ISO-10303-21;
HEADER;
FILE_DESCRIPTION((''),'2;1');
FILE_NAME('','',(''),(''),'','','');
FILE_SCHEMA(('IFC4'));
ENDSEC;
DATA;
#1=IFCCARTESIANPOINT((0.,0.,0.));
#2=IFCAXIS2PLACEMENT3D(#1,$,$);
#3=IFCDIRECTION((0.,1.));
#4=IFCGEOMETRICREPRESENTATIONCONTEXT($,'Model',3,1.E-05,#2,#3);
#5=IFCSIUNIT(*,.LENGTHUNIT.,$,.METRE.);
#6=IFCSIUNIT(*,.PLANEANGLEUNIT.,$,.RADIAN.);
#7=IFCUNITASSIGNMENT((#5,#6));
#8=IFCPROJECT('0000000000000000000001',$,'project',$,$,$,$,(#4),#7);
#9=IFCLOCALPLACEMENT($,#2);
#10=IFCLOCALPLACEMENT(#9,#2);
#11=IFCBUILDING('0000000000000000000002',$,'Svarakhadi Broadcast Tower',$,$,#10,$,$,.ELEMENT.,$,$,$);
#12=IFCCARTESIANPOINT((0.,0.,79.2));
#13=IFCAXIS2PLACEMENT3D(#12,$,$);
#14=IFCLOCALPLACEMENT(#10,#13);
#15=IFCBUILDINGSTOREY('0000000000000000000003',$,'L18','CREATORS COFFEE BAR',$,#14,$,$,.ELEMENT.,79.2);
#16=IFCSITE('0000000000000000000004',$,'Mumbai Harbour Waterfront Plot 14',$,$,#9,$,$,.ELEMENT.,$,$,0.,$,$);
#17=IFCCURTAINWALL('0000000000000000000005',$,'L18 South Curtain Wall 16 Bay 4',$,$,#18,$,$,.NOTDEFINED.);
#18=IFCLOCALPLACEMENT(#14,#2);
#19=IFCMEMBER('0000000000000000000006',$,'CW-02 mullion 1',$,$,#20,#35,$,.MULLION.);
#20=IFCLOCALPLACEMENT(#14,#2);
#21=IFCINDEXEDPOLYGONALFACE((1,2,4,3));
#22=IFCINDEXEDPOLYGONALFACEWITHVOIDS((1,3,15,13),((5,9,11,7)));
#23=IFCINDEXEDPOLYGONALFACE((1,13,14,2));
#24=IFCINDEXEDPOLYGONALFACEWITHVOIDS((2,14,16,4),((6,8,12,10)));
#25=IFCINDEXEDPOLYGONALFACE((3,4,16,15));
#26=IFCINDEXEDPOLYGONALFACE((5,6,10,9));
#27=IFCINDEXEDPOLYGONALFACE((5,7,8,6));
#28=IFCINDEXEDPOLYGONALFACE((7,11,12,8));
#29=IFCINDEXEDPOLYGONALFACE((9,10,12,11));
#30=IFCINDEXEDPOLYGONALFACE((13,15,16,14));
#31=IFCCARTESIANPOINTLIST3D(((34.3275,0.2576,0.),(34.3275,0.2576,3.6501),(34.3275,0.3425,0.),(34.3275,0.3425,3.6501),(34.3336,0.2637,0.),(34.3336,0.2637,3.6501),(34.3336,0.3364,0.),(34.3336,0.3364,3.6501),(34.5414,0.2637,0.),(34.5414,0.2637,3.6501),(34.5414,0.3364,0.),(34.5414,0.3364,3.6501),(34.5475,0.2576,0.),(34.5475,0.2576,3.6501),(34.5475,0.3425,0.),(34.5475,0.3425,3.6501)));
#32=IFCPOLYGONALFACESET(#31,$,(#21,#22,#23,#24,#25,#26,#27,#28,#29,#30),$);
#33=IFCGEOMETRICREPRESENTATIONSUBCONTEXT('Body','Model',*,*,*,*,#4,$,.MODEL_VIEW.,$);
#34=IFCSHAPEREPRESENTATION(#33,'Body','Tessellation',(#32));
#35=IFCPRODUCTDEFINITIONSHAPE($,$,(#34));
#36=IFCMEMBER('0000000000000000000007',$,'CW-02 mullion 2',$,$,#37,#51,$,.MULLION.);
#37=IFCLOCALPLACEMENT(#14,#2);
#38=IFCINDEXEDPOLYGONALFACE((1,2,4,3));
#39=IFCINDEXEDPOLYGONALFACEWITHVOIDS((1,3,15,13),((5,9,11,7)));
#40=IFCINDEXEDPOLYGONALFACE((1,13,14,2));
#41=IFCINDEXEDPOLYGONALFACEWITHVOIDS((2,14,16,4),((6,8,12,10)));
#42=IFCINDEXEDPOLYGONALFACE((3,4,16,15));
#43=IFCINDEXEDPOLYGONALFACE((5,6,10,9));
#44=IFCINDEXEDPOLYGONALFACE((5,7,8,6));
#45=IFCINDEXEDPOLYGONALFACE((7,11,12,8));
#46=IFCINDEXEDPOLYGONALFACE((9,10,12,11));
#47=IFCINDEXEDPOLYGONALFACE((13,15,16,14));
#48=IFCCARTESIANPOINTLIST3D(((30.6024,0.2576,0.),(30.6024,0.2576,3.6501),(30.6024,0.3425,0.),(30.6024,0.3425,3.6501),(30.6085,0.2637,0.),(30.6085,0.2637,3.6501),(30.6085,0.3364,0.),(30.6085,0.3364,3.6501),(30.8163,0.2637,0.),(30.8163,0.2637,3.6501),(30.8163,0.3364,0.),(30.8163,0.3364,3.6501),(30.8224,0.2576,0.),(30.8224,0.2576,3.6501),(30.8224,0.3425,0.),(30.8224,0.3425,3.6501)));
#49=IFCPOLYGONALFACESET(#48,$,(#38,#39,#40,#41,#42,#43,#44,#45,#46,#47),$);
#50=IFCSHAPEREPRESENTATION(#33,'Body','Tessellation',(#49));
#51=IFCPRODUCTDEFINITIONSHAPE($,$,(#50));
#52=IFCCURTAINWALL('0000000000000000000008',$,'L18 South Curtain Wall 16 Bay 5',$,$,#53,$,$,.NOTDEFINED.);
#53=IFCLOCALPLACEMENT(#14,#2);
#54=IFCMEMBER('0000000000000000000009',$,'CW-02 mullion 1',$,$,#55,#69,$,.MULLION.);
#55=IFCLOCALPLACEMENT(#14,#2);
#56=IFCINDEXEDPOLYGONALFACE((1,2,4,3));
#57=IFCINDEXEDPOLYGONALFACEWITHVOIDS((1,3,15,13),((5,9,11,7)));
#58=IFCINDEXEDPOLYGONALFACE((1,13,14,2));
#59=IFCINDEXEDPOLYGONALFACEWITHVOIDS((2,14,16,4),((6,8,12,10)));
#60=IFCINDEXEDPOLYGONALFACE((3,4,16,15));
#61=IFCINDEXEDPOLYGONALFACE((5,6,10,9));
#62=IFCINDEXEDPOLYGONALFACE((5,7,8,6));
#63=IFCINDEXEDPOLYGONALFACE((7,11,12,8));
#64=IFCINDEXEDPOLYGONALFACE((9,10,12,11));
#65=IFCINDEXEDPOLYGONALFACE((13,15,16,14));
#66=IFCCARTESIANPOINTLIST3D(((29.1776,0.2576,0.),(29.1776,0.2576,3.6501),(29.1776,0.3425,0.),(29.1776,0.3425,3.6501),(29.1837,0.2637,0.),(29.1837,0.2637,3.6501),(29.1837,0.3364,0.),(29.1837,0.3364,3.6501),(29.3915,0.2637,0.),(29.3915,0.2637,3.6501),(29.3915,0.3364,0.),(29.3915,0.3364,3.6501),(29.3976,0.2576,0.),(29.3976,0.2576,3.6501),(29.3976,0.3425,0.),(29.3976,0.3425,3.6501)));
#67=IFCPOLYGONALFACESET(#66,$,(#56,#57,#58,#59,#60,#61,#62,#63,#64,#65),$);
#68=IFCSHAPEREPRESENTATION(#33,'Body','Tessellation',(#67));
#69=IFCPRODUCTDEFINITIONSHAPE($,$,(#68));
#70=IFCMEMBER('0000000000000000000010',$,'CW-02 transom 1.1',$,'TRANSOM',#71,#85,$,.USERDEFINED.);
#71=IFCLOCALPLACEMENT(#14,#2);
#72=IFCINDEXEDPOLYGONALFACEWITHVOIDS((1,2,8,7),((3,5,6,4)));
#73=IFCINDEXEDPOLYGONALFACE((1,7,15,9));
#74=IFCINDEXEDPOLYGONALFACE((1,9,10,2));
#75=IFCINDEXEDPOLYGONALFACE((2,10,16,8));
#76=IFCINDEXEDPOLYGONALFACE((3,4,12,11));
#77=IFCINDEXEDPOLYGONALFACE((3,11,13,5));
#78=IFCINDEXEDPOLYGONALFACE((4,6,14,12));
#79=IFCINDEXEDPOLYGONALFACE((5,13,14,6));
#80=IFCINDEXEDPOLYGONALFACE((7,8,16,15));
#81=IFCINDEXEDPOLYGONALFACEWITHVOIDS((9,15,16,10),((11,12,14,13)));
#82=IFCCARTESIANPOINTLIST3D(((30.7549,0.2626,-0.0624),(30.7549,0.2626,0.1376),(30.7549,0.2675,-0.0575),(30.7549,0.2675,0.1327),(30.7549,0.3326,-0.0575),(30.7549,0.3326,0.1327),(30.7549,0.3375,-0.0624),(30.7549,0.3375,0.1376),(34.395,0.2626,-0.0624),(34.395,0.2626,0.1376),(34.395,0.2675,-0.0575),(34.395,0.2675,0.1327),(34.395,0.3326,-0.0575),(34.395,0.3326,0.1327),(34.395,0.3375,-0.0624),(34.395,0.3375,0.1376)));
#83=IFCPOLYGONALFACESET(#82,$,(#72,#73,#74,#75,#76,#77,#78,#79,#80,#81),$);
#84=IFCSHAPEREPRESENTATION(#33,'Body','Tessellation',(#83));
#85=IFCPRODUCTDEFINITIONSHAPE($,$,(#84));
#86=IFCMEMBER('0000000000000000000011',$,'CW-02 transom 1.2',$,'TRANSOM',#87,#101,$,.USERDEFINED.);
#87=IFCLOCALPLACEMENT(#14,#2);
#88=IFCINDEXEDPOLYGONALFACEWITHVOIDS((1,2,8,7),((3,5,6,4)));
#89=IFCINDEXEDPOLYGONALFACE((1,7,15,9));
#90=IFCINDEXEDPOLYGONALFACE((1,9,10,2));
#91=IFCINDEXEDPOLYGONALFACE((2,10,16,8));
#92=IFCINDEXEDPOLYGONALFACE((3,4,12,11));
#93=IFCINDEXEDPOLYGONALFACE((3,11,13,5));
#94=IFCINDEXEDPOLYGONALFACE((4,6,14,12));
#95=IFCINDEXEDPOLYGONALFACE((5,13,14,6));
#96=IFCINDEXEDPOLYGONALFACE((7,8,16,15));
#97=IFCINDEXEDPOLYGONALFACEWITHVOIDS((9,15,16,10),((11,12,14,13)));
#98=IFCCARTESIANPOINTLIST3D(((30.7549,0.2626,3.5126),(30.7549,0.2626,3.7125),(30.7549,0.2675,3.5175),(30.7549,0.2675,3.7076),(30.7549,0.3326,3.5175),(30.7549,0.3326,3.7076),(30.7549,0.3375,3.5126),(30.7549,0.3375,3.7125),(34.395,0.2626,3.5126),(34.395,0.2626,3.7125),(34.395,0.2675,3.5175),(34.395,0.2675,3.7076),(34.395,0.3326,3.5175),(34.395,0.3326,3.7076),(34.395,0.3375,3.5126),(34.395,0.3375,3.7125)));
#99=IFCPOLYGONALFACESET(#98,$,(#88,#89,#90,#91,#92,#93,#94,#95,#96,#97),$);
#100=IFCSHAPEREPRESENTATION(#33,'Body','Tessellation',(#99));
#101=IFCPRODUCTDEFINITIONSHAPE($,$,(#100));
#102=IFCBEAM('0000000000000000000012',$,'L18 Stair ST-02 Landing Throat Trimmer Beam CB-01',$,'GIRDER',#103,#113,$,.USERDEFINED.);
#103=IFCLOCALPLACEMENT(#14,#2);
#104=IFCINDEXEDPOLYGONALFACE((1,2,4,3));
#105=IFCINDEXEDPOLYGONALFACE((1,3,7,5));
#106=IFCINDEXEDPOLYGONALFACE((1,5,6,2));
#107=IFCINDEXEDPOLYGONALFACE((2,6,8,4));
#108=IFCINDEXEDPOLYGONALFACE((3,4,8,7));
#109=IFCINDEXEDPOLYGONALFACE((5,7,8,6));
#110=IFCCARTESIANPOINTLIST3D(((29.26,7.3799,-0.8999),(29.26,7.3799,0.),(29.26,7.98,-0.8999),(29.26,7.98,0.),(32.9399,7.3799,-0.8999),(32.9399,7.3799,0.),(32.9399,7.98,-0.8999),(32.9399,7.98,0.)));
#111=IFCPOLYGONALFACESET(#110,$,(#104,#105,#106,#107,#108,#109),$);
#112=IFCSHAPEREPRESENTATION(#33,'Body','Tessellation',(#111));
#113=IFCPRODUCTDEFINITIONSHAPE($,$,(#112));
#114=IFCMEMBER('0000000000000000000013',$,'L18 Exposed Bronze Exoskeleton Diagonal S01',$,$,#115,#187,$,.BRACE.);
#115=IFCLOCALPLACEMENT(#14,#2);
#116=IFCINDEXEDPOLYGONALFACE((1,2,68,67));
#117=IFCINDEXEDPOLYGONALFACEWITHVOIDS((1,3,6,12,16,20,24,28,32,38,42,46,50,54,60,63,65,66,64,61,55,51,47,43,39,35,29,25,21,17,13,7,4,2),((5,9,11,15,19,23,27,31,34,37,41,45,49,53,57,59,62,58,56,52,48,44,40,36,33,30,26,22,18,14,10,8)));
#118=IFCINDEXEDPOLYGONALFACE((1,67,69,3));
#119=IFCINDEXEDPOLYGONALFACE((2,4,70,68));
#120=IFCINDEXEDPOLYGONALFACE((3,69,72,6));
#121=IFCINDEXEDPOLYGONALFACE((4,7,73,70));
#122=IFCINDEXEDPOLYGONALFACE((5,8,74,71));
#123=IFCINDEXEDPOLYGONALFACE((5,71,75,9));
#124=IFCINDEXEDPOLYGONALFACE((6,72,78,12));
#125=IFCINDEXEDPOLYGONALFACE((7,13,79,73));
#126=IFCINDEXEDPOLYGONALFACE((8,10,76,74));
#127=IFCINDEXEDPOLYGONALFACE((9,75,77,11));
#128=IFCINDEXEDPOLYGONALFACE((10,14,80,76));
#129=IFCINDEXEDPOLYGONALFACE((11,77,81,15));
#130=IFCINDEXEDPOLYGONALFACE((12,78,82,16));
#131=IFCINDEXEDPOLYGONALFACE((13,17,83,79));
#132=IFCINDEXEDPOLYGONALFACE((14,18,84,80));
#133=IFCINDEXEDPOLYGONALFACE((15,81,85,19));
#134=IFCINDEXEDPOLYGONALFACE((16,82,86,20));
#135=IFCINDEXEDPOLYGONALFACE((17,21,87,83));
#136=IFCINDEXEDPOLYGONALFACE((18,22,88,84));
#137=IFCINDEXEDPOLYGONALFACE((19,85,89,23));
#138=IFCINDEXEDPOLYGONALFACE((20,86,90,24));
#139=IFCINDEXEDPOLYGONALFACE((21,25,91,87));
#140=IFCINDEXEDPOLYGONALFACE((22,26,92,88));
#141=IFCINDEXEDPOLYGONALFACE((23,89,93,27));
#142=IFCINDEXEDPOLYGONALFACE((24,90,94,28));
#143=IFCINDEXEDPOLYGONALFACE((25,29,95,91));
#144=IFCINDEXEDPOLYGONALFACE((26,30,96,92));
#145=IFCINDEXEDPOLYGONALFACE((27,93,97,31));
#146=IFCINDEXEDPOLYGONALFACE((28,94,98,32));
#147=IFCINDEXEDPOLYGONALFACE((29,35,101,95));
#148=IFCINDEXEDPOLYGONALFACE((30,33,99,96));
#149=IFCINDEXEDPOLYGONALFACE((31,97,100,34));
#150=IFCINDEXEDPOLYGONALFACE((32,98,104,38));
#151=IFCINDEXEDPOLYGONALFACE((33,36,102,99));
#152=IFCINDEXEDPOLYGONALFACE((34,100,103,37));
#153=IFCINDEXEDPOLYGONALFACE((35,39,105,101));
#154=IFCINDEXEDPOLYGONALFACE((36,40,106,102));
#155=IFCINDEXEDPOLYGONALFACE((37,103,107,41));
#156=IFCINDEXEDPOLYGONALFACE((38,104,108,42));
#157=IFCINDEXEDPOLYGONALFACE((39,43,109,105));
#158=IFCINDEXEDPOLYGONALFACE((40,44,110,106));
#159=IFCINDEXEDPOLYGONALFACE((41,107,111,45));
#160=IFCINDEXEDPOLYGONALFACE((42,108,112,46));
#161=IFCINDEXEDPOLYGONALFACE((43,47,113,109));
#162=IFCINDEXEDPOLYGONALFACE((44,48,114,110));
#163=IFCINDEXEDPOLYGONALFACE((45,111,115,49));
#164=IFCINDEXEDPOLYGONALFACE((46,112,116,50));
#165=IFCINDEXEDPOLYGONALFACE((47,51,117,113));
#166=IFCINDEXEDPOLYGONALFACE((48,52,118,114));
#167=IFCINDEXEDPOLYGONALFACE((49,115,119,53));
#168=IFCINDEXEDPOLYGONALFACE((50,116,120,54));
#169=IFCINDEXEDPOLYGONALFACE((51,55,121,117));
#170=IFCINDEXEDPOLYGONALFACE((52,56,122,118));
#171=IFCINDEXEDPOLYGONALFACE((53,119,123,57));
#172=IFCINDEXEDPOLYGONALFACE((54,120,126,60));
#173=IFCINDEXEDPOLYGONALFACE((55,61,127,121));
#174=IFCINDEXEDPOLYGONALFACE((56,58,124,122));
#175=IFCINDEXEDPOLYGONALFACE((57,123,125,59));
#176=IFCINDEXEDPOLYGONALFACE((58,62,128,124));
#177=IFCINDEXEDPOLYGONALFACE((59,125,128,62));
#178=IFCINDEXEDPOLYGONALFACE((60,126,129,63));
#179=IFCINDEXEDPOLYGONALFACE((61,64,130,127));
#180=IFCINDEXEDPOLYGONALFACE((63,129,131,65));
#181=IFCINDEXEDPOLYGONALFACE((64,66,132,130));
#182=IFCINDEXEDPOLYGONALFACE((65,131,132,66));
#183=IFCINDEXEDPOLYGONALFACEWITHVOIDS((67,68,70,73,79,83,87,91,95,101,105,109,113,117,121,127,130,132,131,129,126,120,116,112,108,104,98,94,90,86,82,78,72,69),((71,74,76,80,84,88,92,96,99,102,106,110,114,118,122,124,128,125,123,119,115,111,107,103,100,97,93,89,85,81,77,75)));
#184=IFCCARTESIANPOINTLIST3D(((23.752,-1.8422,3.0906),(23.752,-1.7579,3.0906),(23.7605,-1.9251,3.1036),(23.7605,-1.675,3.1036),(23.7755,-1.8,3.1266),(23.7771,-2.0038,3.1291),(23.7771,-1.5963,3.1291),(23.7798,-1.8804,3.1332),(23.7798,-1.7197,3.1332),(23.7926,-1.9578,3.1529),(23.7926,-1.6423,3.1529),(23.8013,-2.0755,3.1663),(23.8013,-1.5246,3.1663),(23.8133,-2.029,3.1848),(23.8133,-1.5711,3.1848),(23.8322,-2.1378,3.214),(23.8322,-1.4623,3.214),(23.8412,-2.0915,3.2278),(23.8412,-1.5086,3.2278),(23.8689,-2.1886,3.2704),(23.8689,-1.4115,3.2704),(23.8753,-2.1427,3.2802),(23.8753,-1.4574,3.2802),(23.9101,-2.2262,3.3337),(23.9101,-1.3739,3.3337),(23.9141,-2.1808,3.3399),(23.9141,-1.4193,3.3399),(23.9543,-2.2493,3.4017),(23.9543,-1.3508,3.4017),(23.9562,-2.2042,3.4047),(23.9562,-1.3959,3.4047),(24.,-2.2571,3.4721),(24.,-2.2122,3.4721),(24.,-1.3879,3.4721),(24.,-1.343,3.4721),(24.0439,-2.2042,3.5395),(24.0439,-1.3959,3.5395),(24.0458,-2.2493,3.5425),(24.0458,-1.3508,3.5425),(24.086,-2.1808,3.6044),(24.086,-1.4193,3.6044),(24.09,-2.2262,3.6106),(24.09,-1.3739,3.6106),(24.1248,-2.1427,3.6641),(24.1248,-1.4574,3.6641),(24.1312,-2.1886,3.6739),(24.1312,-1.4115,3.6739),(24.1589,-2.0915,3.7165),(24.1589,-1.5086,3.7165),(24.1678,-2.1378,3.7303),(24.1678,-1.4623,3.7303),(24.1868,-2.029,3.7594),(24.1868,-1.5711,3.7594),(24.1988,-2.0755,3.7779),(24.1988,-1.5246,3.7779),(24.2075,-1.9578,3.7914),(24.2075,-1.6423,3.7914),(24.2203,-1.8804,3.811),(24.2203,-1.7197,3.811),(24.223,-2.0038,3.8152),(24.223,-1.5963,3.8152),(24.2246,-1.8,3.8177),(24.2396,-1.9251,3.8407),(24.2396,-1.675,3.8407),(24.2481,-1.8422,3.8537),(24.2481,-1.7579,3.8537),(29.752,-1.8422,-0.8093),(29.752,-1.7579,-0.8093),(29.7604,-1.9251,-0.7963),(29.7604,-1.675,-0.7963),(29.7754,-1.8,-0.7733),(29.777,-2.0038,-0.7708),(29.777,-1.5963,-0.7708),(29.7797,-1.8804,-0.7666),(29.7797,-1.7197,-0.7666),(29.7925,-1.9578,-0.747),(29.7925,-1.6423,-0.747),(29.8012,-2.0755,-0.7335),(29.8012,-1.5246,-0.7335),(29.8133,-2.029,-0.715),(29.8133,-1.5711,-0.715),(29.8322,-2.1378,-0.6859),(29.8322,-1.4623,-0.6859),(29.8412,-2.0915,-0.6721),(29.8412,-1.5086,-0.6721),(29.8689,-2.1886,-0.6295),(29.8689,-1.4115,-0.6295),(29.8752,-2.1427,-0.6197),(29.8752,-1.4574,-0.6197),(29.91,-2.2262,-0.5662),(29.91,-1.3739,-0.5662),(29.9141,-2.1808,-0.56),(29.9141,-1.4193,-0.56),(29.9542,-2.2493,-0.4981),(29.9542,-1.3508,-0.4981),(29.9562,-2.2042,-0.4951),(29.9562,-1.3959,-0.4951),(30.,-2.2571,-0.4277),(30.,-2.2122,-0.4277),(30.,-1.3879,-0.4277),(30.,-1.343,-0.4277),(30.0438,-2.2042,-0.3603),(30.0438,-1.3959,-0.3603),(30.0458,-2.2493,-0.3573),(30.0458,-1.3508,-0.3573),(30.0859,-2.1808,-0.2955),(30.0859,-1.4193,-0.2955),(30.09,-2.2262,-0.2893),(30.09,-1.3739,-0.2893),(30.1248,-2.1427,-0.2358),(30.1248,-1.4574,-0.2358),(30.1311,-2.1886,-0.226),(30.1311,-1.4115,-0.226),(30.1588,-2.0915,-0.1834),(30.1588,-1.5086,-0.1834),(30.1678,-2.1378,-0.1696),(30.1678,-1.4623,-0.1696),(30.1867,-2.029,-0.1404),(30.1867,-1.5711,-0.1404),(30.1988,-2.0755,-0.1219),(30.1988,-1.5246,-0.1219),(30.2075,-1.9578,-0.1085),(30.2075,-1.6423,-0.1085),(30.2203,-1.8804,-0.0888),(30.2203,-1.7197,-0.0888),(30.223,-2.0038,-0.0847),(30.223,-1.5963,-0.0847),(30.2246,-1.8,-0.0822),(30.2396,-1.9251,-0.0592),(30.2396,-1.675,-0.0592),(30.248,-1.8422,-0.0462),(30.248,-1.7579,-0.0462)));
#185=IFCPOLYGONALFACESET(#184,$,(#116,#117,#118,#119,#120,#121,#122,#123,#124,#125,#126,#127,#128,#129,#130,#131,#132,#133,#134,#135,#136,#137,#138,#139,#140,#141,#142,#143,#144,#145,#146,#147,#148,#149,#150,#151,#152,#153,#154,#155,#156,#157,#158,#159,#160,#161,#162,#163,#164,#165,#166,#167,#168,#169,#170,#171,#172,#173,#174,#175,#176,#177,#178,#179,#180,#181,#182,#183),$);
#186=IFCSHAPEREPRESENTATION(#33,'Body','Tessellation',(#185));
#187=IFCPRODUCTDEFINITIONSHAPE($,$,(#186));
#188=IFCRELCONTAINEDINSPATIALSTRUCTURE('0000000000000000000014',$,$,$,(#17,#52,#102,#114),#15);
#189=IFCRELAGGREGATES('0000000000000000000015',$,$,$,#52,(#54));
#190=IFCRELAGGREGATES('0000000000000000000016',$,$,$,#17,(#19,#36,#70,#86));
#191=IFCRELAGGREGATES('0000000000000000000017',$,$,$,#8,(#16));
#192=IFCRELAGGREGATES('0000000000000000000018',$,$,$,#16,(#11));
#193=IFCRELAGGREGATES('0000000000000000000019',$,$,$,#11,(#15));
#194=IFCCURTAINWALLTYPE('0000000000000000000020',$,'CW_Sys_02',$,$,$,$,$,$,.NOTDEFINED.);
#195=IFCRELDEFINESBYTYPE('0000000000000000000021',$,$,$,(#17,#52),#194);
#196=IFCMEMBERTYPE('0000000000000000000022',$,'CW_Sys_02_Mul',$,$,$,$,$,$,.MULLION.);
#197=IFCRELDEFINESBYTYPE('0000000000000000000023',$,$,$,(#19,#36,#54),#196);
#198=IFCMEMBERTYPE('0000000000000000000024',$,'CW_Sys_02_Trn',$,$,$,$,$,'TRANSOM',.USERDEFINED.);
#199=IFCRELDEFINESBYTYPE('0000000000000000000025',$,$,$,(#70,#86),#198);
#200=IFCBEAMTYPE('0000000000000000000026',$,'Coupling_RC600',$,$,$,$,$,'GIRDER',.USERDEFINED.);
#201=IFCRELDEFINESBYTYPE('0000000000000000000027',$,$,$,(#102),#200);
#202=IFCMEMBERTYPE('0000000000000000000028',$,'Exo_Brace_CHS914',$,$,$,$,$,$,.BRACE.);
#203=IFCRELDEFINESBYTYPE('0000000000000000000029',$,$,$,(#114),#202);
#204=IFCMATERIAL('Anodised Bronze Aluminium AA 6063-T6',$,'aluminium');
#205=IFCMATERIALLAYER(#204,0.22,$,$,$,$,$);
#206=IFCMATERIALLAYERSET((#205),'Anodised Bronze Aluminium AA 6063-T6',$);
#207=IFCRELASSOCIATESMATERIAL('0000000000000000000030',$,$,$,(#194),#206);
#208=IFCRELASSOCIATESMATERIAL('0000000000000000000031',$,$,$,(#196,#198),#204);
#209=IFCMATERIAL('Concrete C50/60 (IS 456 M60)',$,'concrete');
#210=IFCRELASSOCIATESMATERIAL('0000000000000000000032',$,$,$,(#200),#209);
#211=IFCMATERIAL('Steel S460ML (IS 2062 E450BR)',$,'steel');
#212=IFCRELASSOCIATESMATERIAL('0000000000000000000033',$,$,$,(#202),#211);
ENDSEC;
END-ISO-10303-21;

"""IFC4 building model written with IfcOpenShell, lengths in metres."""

from ifc_helpers import new_model, si_unit, direction, frame, origin, origin_2d, place, context, subcontext, project, spatial, rectangle, hollow_rectangle, hollow_circle, extrude, material, layer, layer_set, material_profile, profile_set, type_object, element, aggregate, save


model = new_model("IFC4")

# Units and contexts
model_context = context("Model", 3, precision=1e-05, world=origin(), true_north=direction((0.0, 1.0)))
body_context = subcontext(model_context, "Body", "Model", "MODEL_VIEW")
ifc_project = project(units=[si_unit("LENGTHUNIT", "METRE"), si_unit("PLANEANGLEUNIT", "RADIAN")], contexts=[model_context])

# Site, building, storey
site_placement = place(None, origin())
site = spatial("IfcSite", under=ifc_project, at=site_placement, Name="Mumbai Harbour Waterfront Plot 14", CompositionType="ELEMENT", RefElevation=0.0)
building_placement = place(site_placement, origin())
building = spatial("IfcBuilding", under=site, at=building_placement, Name="Svarakhadi Broadcast Tower", CompositionType="ELEMENT")
storey_placement = place(building_placement, frame((0.0, 0.0, 79.2)))
storey = spatial("IfcBuildingStorey", under=building, at=storey_placement, Name="L18", Description="CREATORS COFFEE BAR", CompositionType="ELEMENT", Elevation=79.2)

# Shared definitions
ifc_material_1 = material(Name="Steel S460ML (IS 2062 E450BR)", Category="steel")

# Curtain wall, members
ifc_material_2 = material(Name="Anodised Bronze Aluminium AA 6063-T6", Category="aluminium")
ifc_layer_1 = layer(ifc_material_2, 0.22)
ifc_layer_set_1 = layer_set([ifc_layer_1], Name="Anodised Bronze Aluminium AA 6063-T6")
curtain_wall_type = type_object("IfcCurtainWallType", Name="CW_Sys_02", PredefinedType="NOTDEFINED", material=ifc_layer_set_1)
curtain_wall_1_placement = place(storey_placement, origin())
curtain_wall_1 = element("IfcCurtainWall", 1, at=curtain_wall_1_placement, inside=storey, type_object=curtain_wall_type, Name="L18 South Curtain Wall 16 Bay 4", PredefinedType="NOTDEFINED")
ifc_material_profile_1 = material_profile(ifc_material_2, hollow_rectangle(XDim=0.085, YDim=0.22, WallThickness=0.0061, at=origin_2d()), Name="ALU MULLION 220x85x6")
ifc_profile_set_1 = profile_set([ifc_material_profile_1], Name="Anodised Bronze Aluminium AA 6063-T6")
member_type_1 = type_object("IfcMemberType", Name="CW_Sys_02_Mul", PredefinedType="MULLION", material=ifc_profile_set_1)
member_1_placement = place(storey_placement, frame((34.4375, 0.3, 0.0), z_axis=(0.0, 0.0, 1.0), x_axis=(0.0, -1.0, 0.0)))
member_1 = element("IfcMember", 2, at=member_1_placement, type_object=member_type_1, Name="CW-02 mullion 1", PredefinedType="MULLION", context=body_context, shape_type="SweptSolid", body=[
    extrude(hollow_rectangle(XDim=0.085, YDim=0.22, WallThickness=0.0061, at=origin_2d()), origin(), (0.0, 0.0, 1.0), 3.6501),
])
member_2_placement = place(storey_placement, frame((30.7124, 0.3, 0.0), z_axis=(0.0, 0.0, 1.0), x_axis=(0.0, -1.0, 0.0)))
member_2 = element("IfcMember", 3, at=member_2_placement, type_object=member_type_1, Name="CW-02 mullion 2", PredefinedType="MULLION", context=body_context, shape_type="SweptSolid", body=[
    extrude(hollow_rectangle(XDim=0.085, YDim=0.22, WallThickness=0.0061, at=origin_2d()), origin(), (0.0, 0.0, 1.0), 3.6501),
])

# Curtain wall, member
curtain_wall_2_placement = place(storey_placement, origin())
curtain_wall_2 = element("IfcCurtainWall", 4, at=curtain_wall_2_placement, inside=storey, type_object=curtain_wall_type, Name="L18 South Curtain Wall 16 Bay 5", PredefinedType="NOTDEFINED")
member_3_placement = place(storey_placement, frame((29.2876, 0.3, 0.0), z_axis=(0.0, 0.0, 1.0), x_axis=(0.0, -1.0, 0.0)))
member_3 = element("IfcMember", 5, at=member_3_placement, type_object=member_type_1, Name="CW-02 mullion 1", PredefinedType="MULLION", context=body_context, shape_type="SweptSolid", body=[
    extrude(hollow_rectangle(XDim=0.085, YDim=0.22, WallThickness=0.0061, at=origin_2d()), origin(), (0.0, 0.0, 1.0), 3.6501),
])
aggregate(curtain_wall_2, [member_3])

# Members
ifc_material_profile_2 = material_profile(ifc_material_2, hollow_rectangle(XDim=0.075, YDim=0.2, WallThickness=0.0049, at=origin_2d()), Name="ALU TRANSOM 200x75x5")
ifc_profile_set_2 = profile_set([ifc_material_profile_2], Name="Anodised Bronze Aluminium AA 6063-T6")
member_type_2 = type_object("IfcMemberType", Name="CW_Sys_02_Trn", ElementType="TRANSOM", PredefinedType="USERDEFINED", material=ifc_profile_set_2)
member_4_placement = place(storey_placement, frame((34.395, 0.3, 0.0376), z_axis=(-1.0, 0.0, 0.0), x_axis=(0.0, -1.0, 0.0)))
member_4 = element("IfcMember", 6, at=member_4_placement, type_object=member_type_2, Name="CW-02 transom 1.1", ObjectType="TRANSOM", PredefinedType="USERDEFINED", context=body_context, shape_type="SweptSolid", body=[
    extrude(hollow_rectangle(XDim=0.075, YDim=0.2, WallThickness=0.0049, at=origin_2d()), origin(), (0.0, 0.0, 1.0), 3.6401),
])
member_5_placement = place(storey_placement, frame((34.395, 0.3, 3.6125), z_axis=(-1.0, 0.0, 0.0), x_axis=(0.0, -1.0, 0.0)))
member_5 = element("IfcMember", 7, at=member_5_placement, type_object=member_type_2, Name="CW-02 transom 1.2", ObjectType="TRANSOM", PredefinedType="USERDEFINED", context=body_context, shape_type="SweptSolid", body=[
    extrude(hollow_rectangle(XDim=0.075, YDim=0.2, WallThickness=0.0049, at=origin_2d()), origin(), (0.0, 0.0, 1.0), 3.6401),
])

# Beam
ifc_material_3 = material(Name="Concrete C50/60 (IS 456 M60)", Category="concrete")
ifc_material_profile_3 = material_profile(ifc_material_3, rectangle(XDim=0.6001, YDim=0.8999, at=origin_2d()), Name="RC 600x900")
ifc_profile_set_3 = profile_set([ifc_material_profile_3], Name="Concrete C50/60 (IS 456 M60)")
beam_type_1 = type_object("IfcBeamType", Name="Coupling_RC600", ElementType="GIRDER", PredefinedType="USERDEFINED", material=ifc_profile_set_3)
beam_1_placement = place(storey_placement, frame((29.26, 7.6799, -0.45), z_axis=(1.0, 0.0, 0.0), x_axis=(0.0, 1.0, 0.0)))
element("IfcBeam", 8, at=beam_1_placement, inside=storey, type_object=beam_type_1, Name="L18 Stair ST-02 Landing Throat Trimmer Beam CB-01", ObjectType="GIRDER", PredefinedType="USERDEFINED", context=body_context, shape_type="SweptSolid", body=[
    extrude(rectangle(XDim=0.6001, YDim=0.8999, at=origin_2d()), origin(), (0.0, 0.0, 1.0), 3.6799),
])

# Member
ifc_material_profile_4 = material_profile(ifc_material_1, hollow_circle(Radius=0.457, WallThickness=0.0449, at=origin_2d()), Name="CHS 914x45")
ifc_profile_set_4 = profile_set([ifc_material_profile_4], Name="Steel S460ML (IS 2062 E450BR)")
member_type_3 = type_object("IfcMemberType", Name="Exo_Brace_CHS914", PredefinedType="BRACE", material=ifc_profile_set_4)
member_6_placement = place(storey_placement, frame((30.0, -1.8, -0.4277), z_axis=(-0.83845, 0.0, 0.544979), x_axis=(0.0, -1.0, 0.0)))
element("IfcMember", 9, at=member_6_placement, inside=storey, type_object=member_type_3, Name="L18 Exposed Bronze Exoskeleton Diagonal S01", PredefinedType="BRACE", context=body_context, shape_type="SweptSolid", body=[
    extrude(hollow_circle(Radius=0.457, WallThickness=0.0449, at=origin_2d()), origin(), (0.0, 0.0, 1.0), 7.156),
])

aggregate(curtain_wall_1, [member_1, member_2, member_4, member_5])

save(model, "model.ifc")
